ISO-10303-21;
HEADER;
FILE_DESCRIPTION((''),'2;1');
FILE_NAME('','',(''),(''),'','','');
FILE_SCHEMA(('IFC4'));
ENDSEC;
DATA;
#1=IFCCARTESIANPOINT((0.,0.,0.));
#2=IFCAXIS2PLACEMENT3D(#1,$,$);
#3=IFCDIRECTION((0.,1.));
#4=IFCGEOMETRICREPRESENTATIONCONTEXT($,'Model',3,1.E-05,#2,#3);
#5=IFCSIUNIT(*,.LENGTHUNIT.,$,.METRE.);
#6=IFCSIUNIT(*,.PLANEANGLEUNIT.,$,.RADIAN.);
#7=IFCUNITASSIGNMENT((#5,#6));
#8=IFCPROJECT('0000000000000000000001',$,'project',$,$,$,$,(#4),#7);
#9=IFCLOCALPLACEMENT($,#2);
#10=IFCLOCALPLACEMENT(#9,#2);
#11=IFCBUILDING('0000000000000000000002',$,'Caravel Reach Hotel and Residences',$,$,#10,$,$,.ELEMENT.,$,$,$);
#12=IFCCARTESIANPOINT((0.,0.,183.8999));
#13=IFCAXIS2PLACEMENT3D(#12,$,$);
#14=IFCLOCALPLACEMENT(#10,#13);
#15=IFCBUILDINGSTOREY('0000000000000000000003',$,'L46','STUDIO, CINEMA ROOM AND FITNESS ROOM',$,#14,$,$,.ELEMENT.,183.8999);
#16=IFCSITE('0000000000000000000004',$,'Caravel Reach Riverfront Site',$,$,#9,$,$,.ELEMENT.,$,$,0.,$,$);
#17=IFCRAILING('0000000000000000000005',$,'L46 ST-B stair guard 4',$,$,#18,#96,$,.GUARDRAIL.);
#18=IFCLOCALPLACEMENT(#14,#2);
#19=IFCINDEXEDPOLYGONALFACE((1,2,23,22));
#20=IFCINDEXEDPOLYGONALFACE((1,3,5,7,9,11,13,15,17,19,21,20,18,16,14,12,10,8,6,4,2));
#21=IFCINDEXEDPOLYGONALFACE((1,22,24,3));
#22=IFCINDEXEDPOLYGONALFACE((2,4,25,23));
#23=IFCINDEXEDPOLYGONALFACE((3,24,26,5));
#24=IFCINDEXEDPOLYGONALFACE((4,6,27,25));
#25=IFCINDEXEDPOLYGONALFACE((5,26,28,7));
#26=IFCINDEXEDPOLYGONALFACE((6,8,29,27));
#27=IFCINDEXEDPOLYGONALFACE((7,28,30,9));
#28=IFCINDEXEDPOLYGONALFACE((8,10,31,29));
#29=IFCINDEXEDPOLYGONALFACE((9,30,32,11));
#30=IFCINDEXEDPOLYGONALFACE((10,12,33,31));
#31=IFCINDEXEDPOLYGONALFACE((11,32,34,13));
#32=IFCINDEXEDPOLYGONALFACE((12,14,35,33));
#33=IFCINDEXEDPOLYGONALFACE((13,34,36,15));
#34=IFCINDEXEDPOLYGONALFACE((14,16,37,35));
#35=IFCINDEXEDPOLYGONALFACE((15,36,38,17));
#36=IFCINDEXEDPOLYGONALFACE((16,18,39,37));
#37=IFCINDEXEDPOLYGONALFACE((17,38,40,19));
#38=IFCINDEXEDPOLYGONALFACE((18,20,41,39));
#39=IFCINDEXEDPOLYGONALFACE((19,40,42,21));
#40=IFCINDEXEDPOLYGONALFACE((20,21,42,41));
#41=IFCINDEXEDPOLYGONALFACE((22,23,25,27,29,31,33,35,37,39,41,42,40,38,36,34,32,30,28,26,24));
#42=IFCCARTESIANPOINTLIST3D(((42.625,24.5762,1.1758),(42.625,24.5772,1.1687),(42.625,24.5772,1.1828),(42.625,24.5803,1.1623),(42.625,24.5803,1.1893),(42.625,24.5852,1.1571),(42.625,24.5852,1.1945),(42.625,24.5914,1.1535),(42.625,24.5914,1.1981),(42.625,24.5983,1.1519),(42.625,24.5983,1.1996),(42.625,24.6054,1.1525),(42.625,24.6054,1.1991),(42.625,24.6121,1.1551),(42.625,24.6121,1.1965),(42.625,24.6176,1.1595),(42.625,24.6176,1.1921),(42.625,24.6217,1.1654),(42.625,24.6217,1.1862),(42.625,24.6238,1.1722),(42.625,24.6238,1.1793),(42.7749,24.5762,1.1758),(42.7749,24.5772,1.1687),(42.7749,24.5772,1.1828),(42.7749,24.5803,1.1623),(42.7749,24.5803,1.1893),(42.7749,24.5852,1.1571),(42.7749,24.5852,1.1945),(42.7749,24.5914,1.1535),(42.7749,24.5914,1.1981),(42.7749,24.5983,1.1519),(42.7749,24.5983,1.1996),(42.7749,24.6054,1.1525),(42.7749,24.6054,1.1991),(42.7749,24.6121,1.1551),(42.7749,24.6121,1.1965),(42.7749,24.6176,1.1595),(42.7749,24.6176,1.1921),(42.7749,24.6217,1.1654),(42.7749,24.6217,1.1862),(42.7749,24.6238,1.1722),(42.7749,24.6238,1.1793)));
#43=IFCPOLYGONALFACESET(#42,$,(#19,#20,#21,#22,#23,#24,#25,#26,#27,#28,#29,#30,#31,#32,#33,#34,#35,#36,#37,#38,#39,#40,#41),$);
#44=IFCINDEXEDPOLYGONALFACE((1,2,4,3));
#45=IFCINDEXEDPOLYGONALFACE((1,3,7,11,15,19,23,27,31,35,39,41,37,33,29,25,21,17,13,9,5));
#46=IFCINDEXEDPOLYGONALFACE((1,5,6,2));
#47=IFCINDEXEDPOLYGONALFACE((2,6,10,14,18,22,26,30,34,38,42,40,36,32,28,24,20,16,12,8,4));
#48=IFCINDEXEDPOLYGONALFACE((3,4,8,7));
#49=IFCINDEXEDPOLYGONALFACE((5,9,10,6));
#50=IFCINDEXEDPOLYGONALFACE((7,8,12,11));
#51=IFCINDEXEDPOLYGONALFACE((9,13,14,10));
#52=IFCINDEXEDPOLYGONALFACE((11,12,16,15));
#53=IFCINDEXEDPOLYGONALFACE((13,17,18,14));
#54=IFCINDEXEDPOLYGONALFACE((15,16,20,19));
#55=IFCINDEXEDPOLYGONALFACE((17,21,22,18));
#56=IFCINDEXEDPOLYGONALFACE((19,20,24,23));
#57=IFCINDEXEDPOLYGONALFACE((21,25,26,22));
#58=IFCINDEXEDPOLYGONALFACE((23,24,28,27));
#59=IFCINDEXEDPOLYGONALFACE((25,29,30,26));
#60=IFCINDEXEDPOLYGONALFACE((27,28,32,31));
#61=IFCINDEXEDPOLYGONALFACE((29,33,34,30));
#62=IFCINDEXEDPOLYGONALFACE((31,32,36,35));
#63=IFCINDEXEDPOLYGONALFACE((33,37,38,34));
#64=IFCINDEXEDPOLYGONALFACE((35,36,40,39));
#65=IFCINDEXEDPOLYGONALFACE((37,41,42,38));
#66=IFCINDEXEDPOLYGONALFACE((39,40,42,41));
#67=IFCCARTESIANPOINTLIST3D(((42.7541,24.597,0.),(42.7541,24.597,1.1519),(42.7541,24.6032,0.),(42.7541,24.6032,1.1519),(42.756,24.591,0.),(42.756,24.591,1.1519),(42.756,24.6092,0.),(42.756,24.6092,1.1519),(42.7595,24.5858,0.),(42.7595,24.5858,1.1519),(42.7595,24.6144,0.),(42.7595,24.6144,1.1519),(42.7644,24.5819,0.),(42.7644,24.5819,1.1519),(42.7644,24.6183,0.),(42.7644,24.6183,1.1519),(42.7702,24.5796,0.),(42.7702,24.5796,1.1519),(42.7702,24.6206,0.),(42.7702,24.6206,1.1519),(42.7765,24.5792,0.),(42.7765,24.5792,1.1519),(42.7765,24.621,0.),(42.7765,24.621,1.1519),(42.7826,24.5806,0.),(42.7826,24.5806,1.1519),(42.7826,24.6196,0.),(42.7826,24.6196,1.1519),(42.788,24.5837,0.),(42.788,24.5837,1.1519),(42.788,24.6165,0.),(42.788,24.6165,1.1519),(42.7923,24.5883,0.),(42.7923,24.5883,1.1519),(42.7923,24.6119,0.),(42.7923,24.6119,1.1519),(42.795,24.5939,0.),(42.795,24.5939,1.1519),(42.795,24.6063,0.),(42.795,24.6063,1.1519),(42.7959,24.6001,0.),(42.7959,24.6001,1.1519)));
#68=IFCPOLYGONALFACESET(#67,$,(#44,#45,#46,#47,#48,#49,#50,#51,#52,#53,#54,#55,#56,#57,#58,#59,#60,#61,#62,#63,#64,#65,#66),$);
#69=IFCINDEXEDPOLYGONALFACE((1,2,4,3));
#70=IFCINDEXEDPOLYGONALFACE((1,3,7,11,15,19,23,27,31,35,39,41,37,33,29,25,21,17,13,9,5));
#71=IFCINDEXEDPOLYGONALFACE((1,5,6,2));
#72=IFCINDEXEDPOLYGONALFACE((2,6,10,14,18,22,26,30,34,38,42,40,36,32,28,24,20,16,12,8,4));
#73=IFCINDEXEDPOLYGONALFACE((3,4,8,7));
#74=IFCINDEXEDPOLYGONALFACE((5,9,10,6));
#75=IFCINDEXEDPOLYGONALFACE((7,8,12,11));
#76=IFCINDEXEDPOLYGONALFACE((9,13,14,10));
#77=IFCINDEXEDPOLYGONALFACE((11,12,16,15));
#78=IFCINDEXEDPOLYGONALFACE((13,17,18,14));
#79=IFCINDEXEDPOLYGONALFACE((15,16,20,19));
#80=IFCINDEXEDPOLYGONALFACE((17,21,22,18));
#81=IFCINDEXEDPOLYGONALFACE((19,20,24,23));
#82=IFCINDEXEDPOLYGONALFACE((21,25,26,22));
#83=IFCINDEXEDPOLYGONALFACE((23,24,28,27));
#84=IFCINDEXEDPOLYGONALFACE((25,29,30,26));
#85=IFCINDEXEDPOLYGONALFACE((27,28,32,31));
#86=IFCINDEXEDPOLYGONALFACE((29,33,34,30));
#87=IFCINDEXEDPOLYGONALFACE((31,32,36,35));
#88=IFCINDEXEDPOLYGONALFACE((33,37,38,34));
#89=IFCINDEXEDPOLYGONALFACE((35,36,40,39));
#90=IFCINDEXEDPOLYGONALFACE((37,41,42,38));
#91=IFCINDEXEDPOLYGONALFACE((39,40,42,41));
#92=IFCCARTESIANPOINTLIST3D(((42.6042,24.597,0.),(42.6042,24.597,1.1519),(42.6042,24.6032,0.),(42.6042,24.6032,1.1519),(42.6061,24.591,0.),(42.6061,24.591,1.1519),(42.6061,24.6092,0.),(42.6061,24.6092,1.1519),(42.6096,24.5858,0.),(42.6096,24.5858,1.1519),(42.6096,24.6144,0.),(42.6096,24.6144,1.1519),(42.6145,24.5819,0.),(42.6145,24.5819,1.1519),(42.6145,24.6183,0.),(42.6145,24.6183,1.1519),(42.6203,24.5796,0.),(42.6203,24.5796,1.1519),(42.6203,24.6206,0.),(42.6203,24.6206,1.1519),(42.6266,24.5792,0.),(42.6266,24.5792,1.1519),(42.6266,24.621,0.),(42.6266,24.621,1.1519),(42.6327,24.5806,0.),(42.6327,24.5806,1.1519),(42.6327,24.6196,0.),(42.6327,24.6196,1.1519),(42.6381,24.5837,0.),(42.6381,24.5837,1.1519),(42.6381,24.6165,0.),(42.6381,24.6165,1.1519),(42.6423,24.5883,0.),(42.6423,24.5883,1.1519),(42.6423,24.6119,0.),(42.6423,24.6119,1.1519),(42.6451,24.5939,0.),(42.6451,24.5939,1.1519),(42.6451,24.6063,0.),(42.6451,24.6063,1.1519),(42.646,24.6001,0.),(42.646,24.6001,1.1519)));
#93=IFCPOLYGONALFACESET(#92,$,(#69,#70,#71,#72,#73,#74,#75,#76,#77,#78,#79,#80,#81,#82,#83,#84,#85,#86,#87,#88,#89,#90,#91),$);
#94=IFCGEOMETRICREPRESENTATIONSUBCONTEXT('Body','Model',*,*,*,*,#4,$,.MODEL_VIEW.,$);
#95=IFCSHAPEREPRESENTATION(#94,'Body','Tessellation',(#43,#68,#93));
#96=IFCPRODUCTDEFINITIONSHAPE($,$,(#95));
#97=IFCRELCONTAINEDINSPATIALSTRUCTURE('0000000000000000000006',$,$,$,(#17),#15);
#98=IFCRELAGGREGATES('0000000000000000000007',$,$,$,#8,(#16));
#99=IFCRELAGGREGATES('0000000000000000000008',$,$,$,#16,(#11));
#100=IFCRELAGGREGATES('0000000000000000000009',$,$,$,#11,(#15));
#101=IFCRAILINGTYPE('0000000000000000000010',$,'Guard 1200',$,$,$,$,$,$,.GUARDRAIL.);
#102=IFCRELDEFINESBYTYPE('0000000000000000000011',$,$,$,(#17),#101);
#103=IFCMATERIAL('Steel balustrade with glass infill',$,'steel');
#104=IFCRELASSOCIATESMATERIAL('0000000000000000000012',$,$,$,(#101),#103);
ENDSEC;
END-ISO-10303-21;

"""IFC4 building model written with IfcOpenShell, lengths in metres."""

from ifc_helpers import new_model, si_unit, direction, frame, origin, origin_2d, place, context, subcontext, project, spatial, circle, extrude, material, type_object, element, save


model = new_model("IFC4")

# Units and contexts
model_context = context("Model", 3, precision=1e-05, world=origin(), true_north=direction((0.0, 1.0)))
body_context = subcontext(model_context, "Body", "Model", "MODEL_VIEW")
ifc_project = project(units=[si_unit("LENGTHUNIT", "METRE"), si_unit("PLANEANGLEUNIT", "RADIAN")], contexts=[model_context])

# Site, building, storey
site_placement = place(None, origin())
site = spatial("IfcSite", under=ifc_project, at=site_placement, Name="Caravel Reach Riverfront Site", CompositionType="ELEMENT", RefElevation=0.0)
building_placement = place(site_placement, origin())
building = spatial("IfcBuilding", under=site, at=building_placement, Name="Caravel Reach Hotel and Residences", CompositionType="ELEMENT")
storey_placement = place(building_placement, frame((0.0, 0.0, 183.8999)))
storey = spatial("IfcBuildingStorey", under=building, at=storey_placement, Name="L46", Description="STUDIO, CINEMA ROOM AND FITNESS ROOM", CompositionType="ELEMENT", Elevation=183.8999)

# Railing
ifc_material_1 = material(Name="Steel balustrade with glass infill", Category="steel")
railing_type_1 = type_object("IfcRailingType", Name="Guard 1200", PredefinedType="GUARDRAIL", material=ifc_material_1)
railing_1_placement = place(storey_placement, frame((42.7749, 24.6001, 0.0)))
element("IfcRailing", 1, at=railing_1_placement, inside=storey, type_object=railing_type_1, Name="L46 ST-B stair guard 4", PredefinedType="GUARDRAIL", context=body_context, shape_type="SweptSolid", body=[
    extrude(circle(Radius=0.0239, at=origin_2d()), frame((0.0, 0.0, 1.1758), z_axis=(-1.0, 0.0, 0.0), x_axis=(0.0, -1.0, 0.0)), (0.0, 0.0, 1.0), 0.1499),
    extrude(circle(Radius=0.021, at=origin_2d()), origin(), (0.0, 0.0, 1.0), 1.1519),
    extrude(circle(Radius=0.021, at=origin_2d()), frame((-0.1499, 0.0, 0.0)), (0.0, 0.0, 1.0), 1.1519),
])

save(model, "model.ifc")
